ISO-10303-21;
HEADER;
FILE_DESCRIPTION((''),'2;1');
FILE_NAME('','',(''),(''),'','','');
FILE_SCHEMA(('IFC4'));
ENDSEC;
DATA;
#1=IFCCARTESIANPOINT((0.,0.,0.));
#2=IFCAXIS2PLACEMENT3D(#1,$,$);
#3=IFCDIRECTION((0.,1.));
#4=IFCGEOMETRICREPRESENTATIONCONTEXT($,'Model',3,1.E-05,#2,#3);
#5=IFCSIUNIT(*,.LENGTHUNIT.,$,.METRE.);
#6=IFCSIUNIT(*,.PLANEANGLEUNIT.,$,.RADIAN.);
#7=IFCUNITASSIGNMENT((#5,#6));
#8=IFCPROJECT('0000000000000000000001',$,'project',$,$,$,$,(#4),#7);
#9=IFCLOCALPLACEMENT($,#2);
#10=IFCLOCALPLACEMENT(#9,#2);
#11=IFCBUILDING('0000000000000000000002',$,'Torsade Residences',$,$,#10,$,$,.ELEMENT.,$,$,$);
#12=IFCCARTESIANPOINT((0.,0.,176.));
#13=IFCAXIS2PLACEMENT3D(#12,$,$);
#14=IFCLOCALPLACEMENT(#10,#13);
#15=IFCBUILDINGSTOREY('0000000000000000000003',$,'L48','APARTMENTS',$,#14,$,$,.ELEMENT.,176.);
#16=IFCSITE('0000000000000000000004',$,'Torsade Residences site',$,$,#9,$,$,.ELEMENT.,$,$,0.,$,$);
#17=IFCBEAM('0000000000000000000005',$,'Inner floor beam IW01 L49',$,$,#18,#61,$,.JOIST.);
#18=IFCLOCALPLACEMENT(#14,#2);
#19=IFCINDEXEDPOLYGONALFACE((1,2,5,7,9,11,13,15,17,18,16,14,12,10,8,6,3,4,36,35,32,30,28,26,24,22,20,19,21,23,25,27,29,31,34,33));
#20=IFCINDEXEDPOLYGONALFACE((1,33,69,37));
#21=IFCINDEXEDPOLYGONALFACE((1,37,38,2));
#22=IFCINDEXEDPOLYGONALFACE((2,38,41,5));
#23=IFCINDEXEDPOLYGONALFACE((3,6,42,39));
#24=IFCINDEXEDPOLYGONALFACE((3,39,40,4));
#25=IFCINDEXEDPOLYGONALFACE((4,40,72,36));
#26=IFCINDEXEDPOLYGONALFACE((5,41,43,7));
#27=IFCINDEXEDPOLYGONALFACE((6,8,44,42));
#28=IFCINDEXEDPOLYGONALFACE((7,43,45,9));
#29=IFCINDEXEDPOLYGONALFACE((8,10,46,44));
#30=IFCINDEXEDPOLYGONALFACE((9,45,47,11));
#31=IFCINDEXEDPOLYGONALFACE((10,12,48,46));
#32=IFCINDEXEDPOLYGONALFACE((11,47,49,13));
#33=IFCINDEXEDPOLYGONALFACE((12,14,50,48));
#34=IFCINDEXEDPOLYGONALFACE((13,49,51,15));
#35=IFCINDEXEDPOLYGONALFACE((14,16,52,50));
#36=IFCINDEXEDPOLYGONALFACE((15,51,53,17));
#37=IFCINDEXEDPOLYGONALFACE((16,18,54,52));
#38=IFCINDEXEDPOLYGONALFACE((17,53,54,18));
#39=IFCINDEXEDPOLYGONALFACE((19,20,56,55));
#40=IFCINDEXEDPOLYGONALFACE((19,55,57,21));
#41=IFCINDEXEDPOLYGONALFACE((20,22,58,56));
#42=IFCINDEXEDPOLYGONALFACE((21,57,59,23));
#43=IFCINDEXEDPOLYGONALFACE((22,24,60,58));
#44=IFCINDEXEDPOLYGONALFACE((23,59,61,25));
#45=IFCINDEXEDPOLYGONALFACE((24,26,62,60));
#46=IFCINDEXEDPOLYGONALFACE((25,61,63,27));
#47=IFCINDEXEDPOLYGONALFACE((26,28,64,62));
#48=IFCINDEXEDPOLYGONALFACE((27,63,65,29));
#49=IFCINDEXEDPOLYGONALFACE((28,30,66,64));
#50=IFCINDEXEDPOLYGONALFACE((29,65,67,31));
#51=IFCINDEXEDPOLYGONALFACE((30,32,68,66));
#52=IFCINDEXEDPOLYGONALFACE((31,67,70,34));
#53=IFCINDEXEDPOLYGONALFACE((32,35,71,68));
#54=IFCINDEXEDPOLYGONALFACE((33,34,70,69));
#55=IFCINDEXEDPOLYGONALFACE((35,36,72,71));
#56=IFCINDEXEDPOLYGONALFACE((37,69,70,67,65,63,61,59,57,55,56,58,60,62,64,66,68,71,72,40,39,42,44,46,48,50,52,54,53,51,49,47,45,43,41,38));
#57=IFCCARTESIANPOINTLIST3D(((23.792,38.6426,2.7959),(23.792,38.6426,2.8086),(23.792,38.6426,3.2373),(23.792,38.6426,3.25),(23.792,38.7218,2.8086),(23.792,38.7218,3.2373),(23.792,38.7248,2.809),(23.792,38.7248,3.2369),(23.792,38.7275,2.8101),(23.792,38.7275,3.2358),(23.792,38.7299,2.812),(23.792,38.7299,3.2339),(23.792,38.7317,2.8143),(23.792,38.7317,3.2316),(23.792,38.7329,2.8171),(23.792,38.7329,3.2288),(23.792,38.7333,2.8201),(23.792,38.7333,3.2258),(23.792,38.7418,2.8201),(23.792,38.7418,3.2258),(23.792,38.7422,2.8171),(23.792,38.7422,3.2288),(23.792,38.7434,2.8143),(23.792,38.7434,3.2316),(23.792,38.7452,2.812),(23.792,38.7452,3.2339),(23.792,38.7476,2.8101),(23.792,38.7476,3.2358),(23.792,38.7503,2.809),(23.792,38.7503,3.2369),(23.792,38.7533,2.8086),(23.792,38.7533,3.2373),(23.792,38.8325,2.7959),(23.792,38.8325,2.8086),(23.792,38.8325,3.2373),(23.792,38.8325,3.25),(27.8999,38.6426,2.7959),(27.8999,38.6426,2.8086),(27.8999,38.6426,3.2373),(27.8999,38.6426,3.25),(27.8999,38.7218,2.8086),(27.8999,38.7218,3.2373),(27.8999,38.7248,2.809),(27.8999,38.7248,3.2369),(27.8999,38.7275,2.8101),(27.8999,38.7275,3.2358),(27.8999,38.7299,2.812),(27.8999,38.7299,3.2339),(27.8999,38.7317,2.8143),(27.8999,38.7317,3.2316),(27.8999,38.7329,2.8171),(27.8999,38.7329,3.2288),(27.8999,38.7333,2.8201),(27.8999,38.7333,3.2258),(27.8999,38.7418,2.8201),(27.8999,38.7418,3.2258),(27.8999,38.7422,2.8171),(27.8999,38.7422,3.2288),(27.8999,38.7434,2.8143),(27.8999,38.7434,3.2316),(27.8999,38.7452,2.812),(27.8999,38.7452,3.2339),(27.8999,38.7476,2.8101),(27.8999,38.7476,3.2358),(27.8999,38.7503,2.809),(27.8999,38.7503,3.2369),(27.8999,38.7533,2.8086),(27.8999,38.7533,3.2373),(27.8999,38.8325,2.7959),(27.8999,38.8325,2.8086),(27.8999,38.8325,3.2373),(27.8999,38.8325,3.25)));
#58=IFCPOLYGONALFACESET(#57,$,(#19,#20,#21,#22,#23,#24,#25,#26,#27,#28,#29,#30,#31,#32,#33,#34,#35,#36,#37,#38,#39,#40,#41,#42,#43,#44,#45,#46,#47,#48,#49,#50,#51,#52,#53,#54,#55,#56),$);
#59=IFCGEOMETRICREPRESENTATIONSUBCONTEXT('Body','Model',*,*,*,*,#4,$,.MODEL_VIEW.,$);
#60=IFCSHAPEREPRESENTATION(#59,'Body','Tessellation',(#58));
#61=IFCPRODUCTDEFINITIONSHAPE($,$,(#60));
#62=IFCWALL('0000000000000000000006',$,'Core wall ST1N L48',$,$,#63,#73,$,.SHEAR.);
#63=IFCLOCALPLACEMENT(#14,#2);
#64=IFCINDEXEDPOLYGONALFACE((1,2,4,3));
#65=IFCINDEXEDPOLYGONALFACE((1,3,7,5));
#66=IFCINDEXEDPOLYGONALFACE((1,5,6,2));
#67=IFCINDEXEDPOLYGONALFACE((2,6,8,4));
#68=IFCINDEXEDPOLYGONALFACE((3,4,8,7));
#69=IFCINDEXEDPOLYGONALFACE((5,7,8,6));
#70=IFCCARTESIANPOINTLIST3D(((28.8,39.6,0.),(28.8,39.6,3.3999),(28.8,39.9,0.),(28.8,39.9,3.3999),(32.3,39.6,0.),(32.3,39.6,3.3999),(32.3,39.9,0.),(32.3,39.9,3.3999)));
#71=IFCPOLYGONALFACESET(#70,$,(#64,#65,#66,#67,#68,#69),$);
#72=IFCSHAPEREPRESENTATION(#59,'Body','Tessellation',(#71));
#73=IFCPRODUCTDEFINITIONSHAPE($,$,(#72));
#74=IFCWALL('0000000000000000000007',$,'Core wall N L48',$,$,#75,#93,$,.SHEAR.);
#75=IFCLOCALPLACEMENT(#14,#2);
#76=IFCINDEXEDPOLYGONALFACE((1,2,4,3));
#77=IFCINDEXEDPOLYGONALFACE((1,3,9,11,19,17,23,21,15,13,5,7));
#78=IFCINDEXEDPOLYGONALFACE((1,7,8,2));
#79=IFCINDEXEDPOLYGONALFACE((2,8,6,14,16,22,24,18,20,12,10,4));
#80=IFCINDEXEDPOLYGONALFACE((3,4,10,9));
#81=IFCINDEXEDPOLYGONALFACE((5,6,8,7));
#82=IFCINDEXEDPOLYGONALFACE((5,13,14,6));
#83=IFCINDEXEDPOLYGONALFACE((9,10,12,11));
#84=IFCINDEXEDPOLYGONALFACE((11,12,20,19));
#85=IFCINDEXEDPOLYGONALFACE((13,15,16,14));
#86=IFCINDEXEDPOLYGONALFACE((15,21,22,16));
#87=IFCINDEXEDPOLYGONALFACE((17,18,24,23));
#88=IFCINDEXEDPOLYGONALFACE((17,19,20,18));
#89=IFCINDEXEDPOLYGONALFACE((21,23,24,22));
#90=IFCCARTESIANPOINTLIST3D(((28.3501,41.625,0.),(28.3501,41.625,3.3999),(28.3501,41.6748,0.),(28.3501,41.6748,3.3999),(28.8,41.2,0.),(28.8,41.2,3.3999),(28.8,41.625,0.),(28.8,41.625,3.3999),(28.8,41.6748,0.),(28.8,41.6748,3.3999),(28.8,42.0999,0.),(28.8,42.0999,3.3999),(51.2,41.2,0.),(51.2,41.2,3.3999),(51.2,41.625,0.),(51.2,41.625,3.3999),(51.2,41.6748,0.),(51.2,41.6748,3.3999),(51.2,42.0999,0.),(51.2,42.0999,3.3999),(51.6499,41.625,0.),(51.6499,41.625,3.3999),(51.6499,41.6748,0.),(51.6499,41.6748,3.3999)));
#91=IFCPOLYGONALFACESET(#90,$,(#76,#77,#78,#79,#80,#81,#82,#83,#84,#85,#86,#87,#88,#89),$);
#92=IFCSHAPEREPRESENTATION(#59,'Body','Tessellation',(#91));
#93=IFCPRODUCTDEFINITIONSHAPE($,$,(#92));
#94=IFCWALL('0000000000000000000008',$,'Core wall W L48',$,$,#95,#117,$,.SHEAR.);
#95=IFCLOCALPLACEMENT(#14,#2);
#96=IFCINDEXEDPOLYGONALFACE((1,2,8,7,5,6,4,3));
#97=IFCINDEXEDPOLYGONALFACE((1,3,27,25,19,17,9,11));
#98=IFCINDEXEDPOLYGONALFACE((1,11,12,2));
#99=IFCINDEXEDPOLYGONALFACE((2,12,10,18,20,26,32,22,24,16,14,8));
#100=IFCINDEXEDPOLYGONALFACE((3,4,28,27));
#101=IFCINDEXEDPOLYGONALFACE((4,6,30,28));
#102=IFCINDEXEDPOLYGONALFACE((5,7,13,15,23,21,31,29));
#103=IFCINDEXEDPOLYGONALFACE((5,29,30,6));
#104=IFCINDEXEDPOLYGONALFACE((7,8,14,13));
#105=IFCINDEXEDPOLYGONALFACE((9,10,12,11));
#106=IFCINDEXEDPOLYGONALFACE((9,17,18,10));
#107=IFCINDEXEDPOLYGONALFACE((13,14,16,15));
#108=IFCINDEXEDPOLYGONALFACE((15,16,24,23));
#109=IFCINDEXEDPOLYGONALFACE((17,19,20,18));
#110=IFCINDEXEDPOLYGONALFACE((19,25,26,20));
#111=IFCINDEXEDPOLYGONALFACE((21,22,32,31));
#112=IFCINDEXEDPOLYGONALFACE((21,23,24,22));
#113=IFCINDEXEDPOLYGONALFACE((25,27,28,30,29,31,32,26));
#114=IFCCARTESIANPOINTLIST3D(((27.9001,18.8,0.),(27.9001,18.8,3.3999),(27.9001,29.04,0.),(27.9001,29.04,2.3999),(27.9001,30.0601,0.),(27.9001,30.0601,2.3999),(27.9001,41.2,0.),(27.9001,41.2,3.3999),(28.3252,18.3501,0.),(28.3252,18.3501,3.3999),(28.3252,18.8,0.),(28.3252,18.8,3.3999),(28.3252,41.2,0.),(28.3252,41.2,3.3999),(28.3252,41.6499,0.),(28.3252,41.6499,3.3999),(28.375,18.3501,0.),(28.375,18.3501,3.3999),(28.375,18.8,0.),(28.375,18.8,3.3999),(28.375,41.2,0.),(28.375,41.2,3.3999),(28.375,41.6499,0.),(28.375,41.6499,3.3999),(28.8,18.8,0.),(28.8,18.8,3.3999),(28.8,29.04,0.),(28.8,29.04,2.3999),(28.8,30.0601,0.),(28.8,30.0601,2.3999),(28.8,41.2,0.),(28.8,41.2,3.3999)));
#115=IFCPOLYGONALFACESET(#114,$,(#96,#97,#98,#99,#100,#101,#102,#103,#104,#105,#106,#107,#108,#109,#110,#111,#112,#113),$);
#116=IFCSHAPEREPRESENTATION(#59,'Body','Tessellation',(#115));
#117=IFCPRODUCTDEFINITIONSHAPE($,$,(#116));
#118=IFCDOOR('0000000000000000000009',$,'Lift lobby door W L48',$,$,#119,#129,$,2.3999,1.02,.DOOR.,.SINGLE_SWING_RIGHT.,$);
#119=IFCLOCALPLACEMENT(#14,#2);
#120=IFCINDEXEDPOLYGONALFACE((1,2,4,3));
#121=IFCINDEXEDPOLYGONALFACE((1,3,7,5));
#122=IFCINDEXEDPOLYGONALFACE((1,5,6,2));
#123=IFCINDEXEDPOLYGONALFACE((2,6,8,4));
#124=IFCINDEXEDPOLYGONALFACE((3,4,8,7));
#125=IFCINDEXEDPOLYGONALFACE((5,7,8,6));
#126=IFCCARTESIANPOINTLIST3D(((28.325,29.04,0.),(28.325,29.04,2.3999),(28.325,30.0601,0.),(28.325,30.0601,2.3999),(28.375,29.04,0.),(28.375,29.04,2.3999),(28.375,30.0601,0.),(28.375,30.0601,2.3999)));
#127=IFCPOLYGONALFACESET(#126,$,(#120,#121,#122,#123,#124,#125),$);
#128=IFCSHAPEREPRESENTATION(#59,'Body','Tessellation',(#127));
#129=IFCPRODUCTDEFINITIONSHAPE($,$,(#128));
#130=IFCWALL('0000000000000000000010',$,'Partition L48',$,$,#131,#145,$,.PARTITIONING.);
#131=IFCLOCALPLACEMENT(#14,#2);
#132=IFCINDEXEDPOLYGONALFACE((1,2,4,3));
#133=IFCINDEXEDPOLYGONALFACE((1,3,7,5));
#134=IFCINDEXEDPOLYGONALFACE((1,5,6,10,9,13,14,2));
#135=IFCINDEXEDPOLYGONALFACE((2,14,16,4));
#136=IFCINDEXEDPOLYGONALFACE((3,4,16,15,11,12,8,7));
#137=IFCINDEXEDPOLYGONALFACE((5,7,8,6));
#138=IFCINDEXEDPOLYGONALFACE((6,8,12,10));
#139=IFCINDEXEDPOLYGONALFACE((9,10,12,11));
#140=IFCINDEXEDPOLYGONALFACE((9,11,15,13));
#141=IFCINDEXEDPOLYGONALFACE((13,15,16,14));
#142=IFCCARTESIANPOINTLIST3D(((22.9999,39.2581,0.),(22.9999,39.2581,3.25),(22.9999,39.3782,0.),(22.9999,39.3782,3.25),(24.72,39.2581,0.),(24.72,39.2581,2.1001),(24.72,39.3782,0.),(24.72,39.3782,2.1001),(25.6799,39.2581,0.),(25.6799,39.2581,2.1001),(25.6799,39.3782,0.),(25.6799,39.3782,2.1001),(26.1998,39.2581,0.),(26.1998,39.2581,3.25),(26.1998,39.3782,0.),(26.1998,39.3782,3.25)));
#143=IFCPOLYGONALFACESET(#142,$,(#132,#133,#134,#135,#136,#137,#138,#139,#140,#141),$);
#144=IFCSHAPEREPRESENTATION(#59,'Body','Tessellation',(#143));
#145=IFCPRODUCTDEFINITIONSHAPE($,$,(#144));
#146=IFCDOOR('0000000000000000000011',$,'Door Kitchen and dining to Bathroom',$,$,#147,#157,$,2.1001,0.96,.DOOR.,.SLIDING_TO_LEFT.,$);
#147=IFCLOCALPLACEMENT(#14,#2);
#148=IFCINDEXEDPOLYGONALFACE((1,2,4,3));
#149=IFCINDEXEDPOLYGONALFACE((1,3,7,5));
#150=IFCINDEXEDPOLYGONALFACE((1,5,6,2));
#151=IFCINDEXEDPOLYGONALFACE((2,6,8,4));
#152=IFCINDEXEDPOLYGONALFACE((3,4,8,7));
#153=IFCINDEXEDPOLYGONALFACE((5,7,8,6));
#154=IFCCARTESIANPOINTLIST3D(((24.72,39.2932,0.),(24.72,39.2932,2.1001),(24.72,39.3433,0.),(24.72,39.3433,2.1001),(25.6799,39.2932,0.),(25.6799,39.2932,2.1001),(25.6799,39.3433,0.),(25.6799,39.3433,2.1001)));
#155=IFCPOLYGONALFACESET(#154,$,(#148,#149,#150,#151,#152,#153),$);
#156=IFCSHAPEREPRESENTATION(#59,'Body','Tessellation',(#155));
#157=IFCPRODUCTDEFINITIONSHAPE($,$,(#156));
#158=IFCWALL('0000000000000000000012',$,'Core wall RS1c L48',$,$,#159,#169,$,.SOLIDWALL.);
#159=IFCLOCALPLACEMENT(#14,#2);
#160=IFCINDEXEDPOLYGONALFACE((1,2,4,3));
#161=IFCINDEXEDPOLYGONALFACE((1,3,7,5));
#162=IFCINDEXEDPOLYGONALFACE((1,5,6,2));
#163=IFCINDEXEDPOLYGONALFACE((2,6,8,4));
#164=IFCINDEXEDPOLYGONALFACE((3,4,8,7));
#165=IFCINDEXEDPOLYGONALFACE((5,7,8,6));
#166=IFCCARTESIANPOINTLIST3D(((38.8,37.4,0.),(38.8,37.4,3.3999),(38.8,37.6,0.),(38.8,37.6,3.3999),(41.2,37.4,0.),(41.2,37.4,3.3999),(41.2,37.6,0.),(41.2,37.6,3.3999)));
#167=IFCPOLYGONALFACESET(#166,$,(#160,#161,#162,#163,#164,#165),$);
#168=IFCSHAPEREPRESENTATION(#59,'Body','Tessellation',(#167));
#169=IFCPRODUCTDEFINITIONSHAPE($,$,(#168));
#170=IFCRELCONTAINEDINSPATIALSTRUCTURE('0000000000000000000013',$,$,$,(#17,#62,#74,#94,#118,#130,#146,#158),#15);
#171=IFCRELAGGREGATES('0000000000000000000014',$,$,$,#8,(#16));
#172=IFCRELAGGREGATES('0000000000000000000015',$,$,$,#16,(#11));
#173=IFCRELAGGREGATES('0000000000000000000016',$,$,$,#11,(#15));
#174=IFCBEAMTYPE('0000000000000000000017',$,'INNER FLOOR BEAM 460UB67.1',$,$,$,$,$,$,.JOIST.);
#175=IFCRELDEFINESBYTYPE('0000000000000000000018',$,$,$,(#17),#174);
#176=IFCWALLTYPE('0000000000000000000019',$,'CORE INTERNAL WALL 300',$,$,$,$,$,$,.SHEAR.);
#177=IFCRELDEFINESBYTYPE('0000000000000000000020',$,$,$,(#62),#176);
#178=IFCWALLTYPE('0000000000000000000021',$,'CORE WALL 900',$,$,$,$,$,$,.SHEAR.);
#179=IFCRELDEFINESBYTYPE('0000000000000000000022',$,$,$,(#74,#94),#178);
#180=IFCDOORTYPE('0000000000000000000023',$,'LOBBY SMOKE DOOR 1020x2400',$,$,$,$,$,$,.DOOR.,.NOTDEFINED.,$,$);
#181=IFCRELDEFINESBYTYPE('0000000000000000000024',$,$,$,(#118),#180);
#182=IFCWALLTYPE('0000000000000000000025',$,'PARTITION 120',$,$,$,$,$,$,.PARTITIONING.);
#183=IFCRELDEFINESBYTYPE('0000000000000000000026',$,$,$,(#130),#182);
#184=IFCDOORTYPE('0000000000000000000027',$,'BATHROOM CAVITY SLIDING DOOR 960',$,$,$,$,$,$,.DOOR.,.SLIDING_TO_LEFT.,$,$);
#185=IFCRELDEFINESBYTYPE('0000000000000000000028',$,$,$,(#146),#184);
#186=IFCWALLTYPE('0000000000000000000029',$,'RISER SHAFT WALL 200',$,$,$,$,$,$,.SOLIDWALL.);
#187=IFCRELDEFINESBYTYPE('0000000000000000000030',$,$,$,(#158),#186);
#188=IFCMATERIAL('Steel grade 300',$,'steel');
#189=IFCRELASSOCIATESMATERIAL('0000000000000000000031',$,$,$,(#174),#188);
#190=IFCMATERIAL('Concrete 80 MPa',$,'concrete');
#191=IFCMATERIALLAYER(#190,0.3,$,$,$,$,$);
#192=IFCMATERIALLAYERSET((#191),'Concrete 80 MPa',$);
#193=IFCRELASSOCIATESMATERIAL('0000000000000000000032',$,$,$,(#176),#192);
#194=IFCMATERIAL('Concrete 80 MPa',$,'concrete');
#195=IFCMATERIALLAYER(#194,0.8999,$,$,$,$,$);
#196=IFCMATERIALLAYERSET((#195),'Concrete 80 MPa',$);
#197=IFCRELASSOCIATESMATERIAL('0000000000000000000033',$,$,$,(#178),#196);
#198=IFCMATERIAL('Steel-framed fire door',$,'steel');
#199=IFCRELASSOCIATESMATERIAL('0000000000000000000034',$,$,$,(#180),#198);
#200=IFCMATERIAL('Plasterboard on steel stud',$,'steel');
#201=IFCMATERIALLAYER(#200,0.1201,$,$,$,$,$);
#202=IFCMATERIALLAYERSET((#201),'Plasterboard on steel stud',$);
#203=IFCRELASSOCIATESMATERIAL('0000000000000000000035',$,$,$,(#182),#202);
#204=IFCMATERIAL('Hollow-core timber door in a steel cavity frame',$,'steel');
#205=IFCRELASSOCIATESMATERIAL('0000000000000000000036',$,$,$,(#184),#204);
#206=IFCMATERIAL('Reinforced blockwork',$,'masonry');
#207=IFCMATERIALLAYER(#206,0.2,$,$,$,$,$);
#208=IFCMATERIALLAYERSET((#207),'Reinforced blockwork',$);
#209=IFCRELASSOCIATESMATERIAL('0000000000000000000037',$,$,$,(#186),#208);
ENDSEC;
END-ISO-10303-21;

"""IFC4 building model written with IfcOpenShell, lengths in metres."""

from ifc_helpers import new_model, si_unit, direction, frame, frame_2d, origin, origin_2d, place, context, subcontext, project, spatial, polyline, rectangle, i_section, outline, extrude, material, layer, layer_set, material_profile, profile_set, type_object, element, fill, save


model = new_model("IFC4")

# Units and contexts
model_context = context("Model", 3, precision=1e-05, world=origin(), true_north=direction((0.0, 1.0)))
body_context = subcontext(model_context, "Body", "Model", "MODEL_VIEW")
ifc_project = project(units=[si_unit("LENGTHUNIT", "METRE"), si_unit("PLANEANGLEUNIT", "RADIAN")], contexts=[model_context])

# Site, building, storey
site_placement = place(None, origin())
site = spatial("IfcSite", under=ifc_project, at=site_placement, Name="Torsade Residences site", CompositionType="ELEMENT", RefElevation=0.0)
building_placement = place(site_placement, origin())
building = spatial("IfcBuilding", under=site, at=building_placement, Name="Torsade Residences", CompositionType="ELEMENT")
storey_placement = place(building_placement, frame((0.0, 0.0, 176.0)))
storey = spatial("IfcBuildingStorey", under=building, at=storey_placement, Name="L48", Description="APARTMENTS", CompositionType="ELEMENT", Elevation=176.0)

# Beam
ifc_material_1 = material(Name="Steel grade 300", Category="steel")
ifc_material_profile_1 = material_profile(ifc_material_1, i_section(OverallWidth=0.1899, OverallDepth=0.4541, WebThickness=0.0085, FlangeThickness=0.0127, FilletRadius=0.0115, at=origin_2d()), Name="460UB67.1")
ifc_profile_set_1 = profile_set([ifc_material_profile_1], Name="Steel grade 300")
beam_type = type_object("IfcBeamType", Name="INNER FLOOR BEAM 460UB67.1", PredefinedType="JOIST", material=ifc_profile_set_1)
beam_1_placement = place(storey_placement, frame((27.8999, 38.7375, 3.0229), z_axis=(-1.0, 0.0, 0.0), x_axis=(0.0, -1.0, 0.0)))
element("IfcBeam", 1, at=beam_1_placement, inside=storey, type_object=beam_type, Name="Inner floor beam IW01 L49", PredefinedType="JOIST", context=body_context, shape_type="SweptSolid", body=[
    extrude(i_section(OverallWidth=0.1899, OverallDepth=0.4541, WebThickness=0.0085, FlangeThickness=0.0127, FilletRadius=0.0115, at=origin_2d()), origin(), (0.0, 0.0, 1.0), 4.1079),
])

# Walls
ifc_material_2 = material(Name="Concrete 80 MPa", Category="concrete")
ifc_layer_1 = layer(ifc_material_2, 0.3)
ifc_layer_set_1 = layer_set([ifc_layer_1], Name="Concrete 80 MPa")
wall_type_1 = type_object("IfcWallType", Name="CORE INTERNAL WALL 300", PredefinedType="SHEAR", material=ifc_layer_set_1)
wall_1_placement = place(storey_placement, frame((28.8, 39.75, 0.0), z_axis=(0.0, 0.0, 1.0), x_axis=(1.0, 0.0, 0.0)))
element("IfcWall", 2, at=wall_1_placement, inside=storey, type_object=wall_type_1, Name="Core wall ST1N L48", PredefinedType="SHEAR", context=body_context, shape_type="SweptSolid", body=[
    extrude(rectangle(XDim=3.5, YDim=0.3, at=frame_2d((1.75, 0.0))), origin(), (0.0, 0.0, 1.0), 3.3999),
])
ifc_material_3 = material(Name="Concrete 80 MPa", Category="concrete")
ifc_layer_2 = layer(ifc_material_3, 0.8999)
ifc_layer_set_2 = layer_set([ifc_layer_2], Name="Concrete 80 MPa")
wall_type_2 = type_object("IfcWallType", Name="CORE WALL 900", PredefinedType="SHEAR", material=ifc_layer_set_2)
wall_2_placement = place(storey_placement, frame((28.8, 41.6499, 0.0), z_axis=(0.0, 0.0, 1.0), x_axis=(1.0, 0.0, 0.0)))
element("IfcWall", 3, at=wall_2_placement, inside=storey, type_object=wall_type_2, Name="Core wall N L48", PredefinedType="SHEAR", context=body_context, shape_type="SweptSolid", body=[
    extrude(outline(polyline([(0.0, -0.45), (22.3999, -0.45), (22.3999, -0.0249), (22.8499, -0.0249), (22.8499, 0.0249), (22.3999, 0.0249), (22.3999, 0.45), (0.0, 0.45), (0.0, 0.0249), (-0.45, 0.0249), (-0.45, -0.0249), (0.0, -0.0249), (0.0, -0.45)])), origin(), (0.0, 0.0, 1.0), 3.3999),
])

# Walls, openings, doors
wall_3_placement = place(storey_placement, frame((28.3501, 41.2, 0.0), z_axis=(0.0, 0.0, 1.0), x_axis=(0.0, -1.0, 0.0)))
wall_3 = element("IfcWall", 4, at=wall_3_placement, inside=storey, type_object=wall_type_2, Name="Core wall W L48", PredefinedType="SHEAR", context=body_context, shape_type="SweptSolid", body=[
    extrude(outline(polyline([(0.0, -0.45), (22.3999, -0.45), (22.3999, -0.0249), (22.8499, -0.0249), (22.8499, 0.0249), (22.3999, 0.0249), (22.3999, 0.45), (0.0, 0.45), (0.0, 0.0249), (-0.45, 0.0249), (-0.45, -0.0249), (0.0, -0.0249), (0.0, -0.45)])), origin(), (0.0, 0.0, 1.0), 3.3999),
])
opening_1_placement = place(wall_3_placement, frame((11.1399, 0.0, 0.0)))
opening_1 = element("IfcOpeningElement", 5, at=opening_1_placement, cuts=wall_3, PredefinedType="OPENING", context=body_context, shape_type="SweptSolid", body=[
    extrude(rectangle(XDim=1.02, YDim=2.3999, at=frame_2d((0.51, 1.2))), frame((0.0, 0.46, 0.0), z_axis=(0.0, -1.0, 0.0), x_axis=(1.0, 0.0, 0.0)), (0.0, 0.0, 1.0), 0.9199),
])
ifc_material_4 = material(Name="Steel-framed fire door", Category="steel")
door_type_1 = type_object("IfcDoorType", Name="LOBBY SMOKE DOOR 1020x2400", OperationType="NOTDEFINED", PredefinedType="DOOR", material=ifc_material_4)
door_1_placement = place(opening_1_placement, origin())
door_1 = element("IfcDoor", 6, at=door_1_placement, inside=storey, type_object=door_type_1, Name="Lift lobby door W L48", OperationType="SINGLE_SWING_RIGHT", OverallHeight=2.3999, OverallWidth=1.02, PredefinedType="DOOR", context=body_context, shape_type="SweptSolid", body=[
    extrude(rectangle(XDim=1.02, YDim=2.3999, at=frame_2d((0.51, 1.2))), frame((0.0, 0.0249, 0.0), z_axis=(0.0, -1.0, 0.0), x_axis=(1.0, 0.0, 0.0)), (0.0, 0.0, 1.0), 0.05),
])
fill(opening_1, door_1)
ifc_material_5 = material(Name="Plasterboard on steel stud", Category="steel")
ifc_layer_3 = layer(ifc_material_5, 0.1201)
ifc_layer_set_3 = layer_set([ifc_layer_3], Name="Plasterboard on steel stud")
wall_type_3 = type_object("IfcWallType", Name="PARTITION 120", PredefinedType="PARTITIONING", material=ifc_layer_set_3)
wall_4_placement = place(storey_placement, frame((26.2, 39.3181, 0.0), z_axis=(0.0, 0.0, 1.0), x_axis=(-1.0, 0.0, 0.0)))
wall_4 = element("IfcWall", 7, at=wall_4_placement, inside=storey, type_object=wall_type_3, Name="Partition L48", PredefinedType="PARTITIONING", context=body_context, shape_type="SweptSolid", body=[
    extrude(rectangle(XDim=3.2, YDim=0.1201, at=frame_2d((1.6001, 0.0))), origin(), (0.0, 0.0, 1.0), 3.25),
])
opening_2_placement = place(wall_4_placement, frame((0.52, 0.0, 0.0)))
opening_2 = element("IfcOpeningElement", 8, at=opening_2_placement, cuts=wall_4, PredefinedType="OPENING", context=body_context, shape_type="SweptSolid", body=[
    extrude(rectangle(XDim=0.96, YDim=2.1001, at=frame_2d((0.48, 1.05))), frame((0.0, 0.0701, 0.0), z_axis=(0.0, -1.0, 0.0), x_axis=(1.0, 0.0, 0.0)), (0.0, 0.0, 1.0), 0.1401),
])
ifc_material_6 = material(Name="Hollow-core timber door in a steel cavity frame", Category="steel")
door_type_2 = type_object("IfcDoorType", Name="BATHROOM CAVITY SLIDING DOOR 960", OperationType="SLIDING_TO_LEFT", PredefinedType="DOOR", material=ifc_material_6)
door_2_placement = place(opening_2_placement, origin())
door_2 = element("IfcDoor", 9, at=door_2_placement, inside=storey, type_object=door_type_2, Name="Door Kitchen and dining to Bathroom", OperationType="SLIDING_TO_LEFT", OverallHeight=2.1001, OverallWidth=0.96, PredefinedType="DOOR", context=body_context, shape_type="SweptSolid", body=[
    extrude(rectangle(XDim=0.96, YDim=2.1001, at=frame_2d((0.48, 1.05))), frame((0.0, 0.0249, 0.0), z_axis=(0.0, -1.0, 0.0), x_axis=(1.0, 0.0, 0.0)), (0.0, 0.0, 1.0), 0.05),
])
fill(opening_2, door_2)

# Wall
ifc_material_7 = material(Name="Reinforced blockwork", Category="masonry")
ifc_layer_4 = layer(ifc_material_7, 0.2)
ifc_layer_set_4 = layer_set([ifc_layer_4], Name="Reinforced blockwork")
wall_type_4 = type_object("IfcWallType", Name="RISER SHAFT WALL 200", PredefinedType="SOLIDWALL", material=ifc_layer_set_4)
for number, where, z_axis, x_axis, name in (
    (10, (38.8, 37.5, 0.0), (0.0, 0.0, 1.0), (1.0, 0.0, 0.0), "Core wall RS1c L48"),
):
    element("IfcWall", number, at=place(storey_placement, frame(where, z_axis=z_axis, x_axis=x_axis)), inside=storey, type_object=wall_type_4, Name=name, PredefinedType="SOLIDWALL", context=body_context, shape_type="SweptSolid", body=[
        extrude(rectangle(XDim=2.3999, YDim=0.2, at=frame_2d((1.2, 0.0))), origin(), (0.0, 0.0, 1.0), 3.3999),
    ])

save(model, "model.ifc")
